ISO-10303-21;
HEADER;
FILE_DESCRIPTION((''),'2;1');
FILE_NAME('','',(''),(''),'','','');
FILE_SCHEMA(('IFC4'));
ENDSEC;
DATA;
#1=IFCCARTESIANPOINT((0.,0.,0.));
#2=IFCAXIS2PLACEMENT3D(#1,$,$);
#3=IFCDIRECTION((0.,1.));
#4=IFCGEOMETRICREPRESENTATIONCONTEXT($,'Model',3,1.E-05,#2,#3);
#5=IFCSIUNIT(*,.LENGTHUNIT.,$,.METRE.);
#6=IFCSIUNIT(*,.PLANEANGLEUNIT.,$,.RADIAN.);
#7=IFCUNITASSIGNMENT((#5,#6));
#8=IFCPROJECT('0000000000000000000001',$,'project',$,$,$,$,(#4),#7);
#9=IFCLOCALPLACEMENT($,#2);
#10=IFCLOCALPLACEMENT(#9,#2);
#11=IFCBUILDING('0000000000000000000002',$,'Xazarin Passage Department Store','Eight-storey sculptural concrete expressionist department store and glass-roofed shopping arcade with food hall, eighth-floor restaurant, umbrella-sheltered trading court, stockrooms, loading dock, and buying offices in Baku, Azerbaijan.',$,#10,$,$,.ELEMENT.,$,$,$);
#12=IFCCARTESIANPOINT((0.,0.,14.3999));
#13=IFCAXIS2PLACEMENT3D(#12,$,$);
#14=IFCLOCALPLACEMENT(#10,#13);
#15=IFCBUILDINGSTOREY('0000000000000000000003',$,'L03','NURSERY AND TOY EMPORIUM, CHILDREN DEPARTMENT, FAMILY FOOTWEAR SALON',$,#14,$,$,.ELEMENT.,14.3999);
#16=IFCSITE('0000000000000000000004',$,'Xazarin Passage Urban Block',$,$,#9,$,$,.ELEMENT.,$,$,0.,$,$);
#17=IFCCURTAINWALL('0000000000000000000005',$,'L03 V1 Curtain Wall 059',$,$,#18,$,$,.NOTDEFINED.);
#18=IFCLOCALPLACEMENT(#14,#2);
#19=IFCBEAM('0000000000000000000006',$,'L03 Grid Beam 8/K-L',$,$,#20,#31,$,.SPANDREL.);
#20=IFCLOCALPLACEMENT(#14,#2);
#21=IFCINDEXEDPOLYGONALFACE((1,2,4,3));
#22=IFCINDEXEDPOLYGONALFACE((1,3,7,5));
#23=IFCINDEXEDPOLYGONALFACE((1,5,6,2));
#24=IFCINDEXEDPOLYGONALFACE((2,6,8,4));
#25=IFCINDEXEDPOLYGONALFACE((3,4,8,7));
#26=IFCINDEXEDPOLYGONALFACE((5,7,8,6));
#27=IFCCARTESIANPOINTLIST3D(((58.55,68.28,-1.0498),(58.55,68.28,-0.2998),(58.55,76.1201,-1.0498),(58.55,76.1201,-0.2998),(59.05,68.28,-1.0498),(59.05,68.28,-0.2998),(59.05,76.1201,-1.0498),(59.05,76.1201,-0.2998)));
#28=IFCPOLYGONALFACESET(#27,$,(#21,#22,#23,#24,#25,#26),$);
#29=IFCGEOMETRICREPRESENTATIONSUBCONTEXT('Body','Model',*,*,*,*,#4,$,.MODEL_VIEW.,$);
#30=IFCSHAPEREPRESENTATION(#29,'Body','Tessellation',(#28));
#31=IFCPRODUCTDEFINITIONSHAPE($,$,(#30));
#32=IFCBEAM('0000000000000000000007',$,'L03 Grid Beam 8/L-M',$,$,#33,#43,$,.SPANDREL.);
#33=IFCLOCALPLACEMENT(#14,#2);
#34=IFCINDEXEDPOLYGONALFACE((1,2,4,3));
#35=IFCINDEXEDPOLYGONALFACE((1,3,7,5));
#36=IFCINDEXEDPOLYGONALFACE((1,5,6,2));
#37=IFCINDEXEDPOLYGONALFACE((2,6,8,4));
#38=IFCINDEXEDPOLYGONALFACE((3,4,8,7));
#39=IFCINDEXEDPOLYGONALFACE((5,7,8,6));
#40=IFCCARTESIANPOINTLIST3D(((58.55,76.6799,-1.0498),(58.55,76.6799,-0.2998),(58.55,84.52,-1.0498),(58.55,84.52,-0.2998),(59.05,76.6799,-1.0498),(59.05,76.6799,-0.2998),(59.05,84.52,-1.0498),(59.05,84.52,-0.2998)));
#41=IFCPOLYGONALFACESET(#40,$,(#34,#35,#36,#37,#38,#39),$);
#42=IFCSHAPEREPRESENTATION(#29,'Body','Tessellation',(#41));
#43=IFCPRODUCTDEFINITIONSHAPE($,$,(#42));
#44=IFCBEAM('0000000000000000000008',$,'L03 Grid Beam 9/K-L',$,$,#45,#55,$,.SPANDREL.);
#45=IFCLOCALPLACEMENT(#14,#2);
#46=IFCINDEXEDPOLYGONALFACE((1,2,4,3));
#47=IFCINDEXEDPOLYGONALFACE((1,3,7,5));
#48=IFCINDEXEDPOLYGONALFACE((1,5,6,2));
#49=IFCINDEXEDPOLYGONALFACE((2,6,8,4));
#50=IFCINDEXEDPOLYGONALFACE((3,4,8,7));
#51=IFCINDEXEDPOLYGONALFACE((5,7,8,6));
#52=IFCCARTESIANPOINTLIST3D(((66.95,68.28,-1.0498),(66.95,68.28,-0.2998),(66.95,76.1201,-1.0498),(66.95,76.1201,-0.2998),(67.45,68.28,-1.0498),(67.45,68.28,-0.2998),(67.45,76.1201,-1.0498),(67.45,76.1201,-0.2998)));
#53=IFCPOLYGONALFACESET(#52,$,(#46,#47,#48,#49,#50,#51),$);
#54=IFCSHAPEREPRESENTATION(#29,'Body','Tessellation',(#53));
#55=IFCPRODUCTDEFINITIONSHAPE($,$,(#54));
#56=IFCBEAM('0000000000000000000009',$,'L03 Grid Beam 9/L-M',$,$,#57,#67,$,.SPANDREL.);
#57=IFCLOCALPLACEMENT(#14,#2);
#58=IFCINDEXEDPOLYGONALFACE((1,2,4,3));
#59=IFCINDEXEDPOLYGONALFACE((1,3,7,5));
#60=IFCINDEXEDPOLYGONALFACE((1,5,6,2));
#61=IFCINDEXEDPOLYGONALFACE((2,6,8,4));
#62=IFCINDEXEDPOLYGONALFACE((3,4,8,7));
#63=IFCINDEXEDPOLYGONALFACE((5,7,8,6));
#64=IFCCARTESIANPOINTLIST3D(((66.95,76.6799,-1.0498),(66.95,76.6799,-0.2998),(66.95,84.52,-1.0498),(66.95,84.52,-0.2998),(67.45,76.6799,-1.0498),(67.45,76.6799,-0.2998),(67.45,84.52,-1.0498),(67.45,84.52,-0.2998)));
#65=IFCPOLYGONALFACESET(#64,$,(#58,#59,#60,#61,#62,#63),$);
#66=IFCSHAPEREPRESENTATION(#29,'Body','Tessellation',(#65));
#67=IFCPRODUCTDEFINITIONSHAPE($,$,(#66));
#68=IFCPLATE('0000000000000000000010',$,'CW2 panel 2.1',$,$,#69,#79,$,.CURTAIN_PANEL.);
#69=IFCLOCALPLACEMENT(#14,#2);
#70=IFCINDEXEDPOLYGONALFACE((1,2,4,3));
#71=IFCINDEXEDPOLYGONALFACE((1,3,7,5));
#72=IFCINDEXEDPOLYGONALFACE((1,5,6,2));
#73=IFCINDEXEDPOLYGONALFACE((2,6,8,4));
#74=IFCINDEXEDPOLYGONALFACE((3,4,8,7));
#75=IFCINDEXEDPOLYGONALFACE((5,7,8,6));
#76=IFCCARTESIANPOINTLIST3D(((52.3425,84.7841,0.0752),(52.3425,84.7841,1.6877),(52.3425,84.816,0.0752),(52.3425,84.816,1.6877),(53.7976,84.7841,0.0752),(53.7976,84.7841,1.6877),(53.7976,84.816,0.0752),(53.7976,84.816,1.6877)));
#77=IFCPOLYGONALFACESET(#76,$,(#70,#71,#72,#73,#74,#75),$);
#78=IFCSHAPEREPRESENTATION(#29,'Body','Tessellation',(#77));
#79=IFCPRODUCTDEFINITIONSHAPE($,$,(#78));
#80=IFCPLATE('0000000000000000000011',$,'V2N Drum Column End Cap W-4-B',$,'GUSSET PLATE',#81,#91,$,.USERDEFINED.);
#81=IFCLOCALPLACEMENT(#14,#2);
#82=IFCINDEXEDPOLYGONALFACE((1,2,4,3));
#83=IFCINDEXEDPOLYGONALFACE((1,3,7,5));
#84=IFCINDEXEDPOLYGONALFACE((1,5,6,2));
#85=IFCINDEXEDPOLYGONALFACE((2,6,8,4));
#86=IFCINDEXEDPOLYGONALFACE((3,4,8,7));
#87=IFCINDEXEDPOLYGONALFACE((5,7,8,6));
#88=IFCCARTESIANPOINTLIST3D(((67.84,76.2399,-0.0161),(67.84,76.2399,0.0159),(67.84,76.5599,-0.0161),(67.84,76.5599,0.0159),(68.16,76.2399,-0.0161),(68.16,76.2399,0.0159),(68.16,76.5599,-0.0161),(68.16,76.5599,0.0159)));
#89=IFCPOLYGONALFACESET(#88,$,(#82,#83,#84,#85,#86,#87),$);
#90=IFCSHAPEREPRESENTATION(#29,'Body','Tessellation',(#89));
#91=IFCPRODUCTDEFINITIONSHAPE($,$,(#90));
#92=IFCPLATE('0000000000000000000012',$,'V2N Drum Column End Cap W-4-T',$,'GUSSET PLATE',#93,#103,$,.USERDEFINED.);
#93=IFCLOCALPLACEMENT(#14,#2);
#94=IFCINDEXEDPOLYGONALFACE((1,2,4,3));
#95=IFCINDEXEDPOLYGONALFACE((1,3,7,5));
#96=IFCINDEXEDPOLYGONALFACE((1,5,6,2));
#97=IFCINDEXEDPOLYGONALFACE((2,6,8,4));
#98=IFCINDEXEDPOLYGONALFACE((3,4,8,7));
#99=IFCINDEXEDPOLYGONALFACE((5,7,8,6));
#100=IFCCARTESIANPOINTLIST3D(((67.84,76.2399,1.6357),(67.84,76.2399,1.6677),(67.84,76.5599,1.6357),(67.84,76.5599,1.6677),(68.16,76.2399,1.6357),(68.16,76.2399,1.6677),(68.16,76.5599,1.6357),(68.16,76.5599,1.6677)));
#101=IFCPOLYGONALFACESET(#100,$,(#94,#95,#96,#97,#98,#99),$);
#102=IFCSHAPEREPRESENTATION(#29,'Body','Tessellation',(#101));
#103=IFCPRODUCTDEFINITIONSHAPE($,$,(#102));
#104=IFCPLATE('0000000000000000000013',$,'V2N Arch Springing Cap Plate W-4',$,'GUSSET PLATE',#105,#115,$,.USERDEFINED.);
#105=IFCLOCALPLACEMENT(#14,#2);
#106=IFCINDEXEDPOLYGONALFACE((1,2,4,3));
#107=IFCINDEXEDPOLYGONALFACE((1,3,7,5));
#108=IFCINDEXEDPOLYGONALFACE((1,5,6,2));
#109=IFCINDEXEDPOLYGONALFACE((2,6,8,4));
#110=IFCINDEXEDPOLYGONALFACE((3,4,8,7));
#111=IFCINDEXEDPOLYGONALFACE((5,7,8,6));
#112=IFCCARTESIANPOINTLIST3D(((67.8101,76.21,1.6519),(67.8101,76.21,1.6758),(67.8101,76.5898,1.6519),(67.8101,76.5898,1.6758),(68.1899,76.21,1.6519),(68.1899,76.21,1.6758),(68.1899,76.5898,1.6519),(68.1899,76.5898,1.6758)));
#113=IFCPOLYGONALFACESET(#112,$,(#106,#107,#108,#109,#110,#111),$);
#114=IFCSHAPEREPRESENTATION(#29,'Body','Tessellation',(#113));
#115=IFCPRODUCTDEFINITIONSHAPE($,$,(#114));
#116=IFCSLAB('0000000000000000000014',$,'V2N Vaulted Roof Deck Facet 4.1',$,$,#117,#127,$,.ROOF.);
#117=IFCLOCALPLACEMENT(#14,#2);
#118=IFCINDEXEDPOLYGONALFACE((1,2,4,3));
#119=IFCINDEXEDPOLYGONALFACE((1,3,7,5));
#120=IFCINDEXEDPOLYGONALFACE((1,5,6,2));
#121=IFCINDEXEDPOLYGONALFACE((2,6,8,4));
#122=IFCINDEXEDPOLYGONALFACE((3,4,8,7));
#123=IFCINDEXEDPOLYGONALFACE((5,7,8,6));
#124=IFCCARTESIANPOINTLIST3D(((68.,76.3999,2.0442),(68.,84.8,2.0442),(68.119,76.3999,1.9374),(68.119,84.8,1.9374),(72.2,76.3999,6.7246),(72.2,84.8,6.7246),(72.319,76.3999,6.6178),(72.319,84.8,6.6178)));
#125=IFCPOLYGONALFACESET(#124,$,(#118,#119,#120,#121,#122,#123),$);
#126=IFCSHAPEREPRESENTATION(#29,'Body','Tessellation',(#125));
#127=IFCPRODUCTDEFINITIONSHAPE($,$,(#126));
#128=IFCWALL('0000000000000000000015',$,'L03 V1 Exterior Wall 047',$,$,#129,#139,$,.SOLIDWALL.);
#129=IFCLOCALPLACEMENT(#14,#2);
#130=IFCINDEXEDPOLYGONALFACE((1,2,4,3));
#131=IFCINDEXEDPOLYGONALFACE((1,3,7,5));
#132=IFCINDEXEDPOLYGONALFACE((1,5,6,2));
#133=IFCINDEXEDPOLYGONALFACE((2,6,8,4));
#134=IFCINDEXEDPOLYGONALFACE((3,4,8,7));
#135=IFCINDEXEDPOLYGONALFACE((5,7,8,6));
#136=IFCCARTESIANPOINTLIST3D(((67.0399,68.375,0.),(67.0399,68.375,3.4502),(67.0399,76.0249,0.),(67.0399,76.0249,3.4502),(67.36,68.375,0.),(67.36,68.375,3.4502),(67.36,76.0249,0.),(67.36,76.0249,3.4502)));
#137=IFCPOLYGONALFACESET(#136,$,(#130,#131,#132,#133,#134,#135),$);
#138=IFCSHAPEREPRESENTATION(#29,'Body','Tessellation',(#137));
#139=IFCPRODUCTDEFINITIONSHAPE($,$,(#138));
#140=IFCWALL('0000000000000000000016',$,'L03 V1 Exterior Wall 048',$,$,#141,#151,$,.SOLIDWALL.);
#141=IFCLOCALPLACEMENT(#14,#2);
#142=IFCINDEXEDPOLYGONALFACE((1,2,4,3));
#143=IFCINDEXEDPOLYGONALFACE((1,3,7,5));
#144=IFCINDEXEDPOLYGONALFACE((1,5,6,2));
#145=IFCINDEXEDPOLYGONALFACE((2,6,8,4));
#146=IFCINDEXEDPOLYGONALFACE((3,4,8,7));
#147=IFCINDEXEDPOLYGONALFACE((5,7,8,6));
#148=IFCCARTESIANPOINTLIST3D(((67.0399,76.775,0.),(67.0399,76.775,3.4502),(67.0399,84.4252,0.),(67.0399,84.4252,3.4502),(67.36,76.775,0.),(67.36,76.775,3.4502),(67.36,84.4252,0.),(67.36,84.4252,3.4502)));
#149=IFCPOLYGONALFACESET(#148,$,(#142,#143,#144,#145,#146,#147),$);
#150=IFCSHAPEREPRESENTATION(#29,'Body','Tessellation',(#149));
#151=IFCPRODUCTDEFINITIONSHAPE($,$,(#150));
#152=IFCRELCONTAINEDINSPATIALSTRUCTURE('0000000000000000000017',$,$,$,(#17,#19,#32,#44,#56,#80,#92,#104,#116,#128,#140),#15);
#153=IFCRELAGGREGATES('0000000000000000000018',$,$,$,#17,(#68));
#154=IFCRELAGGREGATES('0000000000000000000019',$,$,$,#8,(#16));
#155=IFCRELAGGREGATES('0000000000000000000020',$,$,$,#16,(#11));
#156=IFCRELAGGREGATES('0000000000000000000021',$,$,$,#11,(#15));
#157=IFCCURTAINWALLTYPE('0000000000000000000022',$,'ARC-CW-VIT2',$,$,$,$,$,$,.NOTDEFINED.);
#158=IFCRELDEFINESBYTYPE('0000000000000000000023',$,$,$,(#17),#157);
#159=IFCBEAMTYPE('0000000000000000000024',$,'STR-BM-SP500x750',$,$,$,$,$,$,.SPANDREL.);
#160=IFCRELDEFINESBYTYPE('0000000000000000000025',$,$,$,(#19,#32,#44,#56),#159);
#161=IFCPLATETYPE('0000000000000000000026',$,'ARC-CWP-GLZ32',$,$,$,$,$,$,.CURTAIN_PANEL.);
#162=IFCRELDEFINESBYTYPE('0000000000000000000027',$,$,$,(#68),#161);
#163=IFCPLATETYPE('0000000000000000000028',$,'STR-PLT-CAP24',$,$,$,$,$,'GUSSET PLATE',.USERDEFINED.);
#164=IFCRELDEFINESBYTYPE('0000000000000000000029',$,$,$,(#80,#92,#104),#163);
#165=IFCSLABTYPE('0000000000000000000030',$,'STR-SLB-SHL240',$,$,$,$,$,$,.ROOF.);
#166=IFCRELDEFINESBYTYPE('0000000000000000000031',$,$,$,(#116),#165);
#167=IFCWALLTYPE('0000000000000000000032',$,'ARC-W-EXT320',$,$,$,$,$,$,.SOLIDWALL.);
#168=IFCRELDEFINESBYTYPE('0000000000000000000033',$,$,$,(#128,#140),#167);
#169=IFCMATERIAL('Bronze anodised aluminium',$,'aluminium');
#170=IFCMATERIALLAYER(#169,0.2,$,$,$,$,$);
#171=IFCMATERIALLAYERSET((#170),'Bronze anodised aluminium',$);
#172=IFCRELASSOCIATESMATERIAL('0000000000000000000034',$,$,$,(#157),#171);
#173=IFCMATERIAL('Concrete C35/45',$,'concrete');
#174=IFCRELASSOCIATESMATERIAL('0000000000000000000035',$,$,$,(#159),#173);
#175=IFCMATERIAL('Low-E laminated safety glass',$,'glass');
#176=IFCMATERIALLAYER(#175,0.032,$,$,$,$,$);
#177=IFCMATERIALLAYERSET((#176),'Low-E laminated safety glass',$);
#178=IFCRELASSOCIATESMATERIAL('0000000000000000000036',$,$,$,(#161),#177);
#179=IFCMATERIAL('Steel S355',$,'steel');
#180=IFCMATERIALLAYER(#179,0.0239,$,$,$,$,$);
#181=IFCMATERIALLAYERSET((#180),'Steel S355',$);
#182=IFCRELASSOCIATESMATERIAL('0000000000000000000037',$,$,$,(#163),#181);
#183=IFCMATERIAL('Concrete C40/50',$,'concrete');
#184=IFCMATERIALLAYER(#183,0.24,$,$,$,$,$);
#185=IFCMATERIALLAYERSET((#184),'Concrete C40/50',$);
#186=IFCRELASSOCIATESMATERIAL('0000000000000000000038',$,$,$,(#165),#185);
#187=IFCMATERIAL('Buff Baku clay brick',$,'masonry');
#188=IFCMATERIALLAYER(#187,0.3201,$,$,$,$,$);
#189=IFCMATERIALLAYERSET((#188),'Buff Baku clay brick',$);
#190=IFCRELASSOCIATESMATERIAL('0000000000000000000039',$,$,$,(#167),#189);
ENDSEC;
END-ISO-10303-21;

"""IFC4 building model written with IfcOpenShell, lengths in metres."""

from ifc_helpers import new_model, si_unit, direction, frame, frame_2d, origin, origin_2d, place, context, subcontext, project, spatial, polyline, rectangle, outline, extrude, material, layer, layer_set, material_profile, profile_set, type_object, element, aggregate, save


model = new_model("IFC4")

# Units and contexts
model_context = context("Model", 3, precision=1e-05, world=origin(), true_north=direction((0.0, 1.0)))
body_context = subcontext(model_context, "Body", "Model", "MODEL_VIEW")
ifc_project = project(units=[si_unit("LENGTHUNIT", "METRE"), si_unit("PLANEANGLEUNIT", "RADIAN")], contexts=[model_context])

# Site, building, storey
site_placement = place(None, origin())
site = spatial("IfcSite", under=ifc_project, at=site_placement, Name="Xazarin Passage Urban Block", CompositionType="ELEMENT", RefElevation=0.0)
building_placement = place(site_placement, origin())
building = spatial("IfcBuilding", under=site, at=building_placement, Name="Xazarin Passage Department Store", Description="Eight-storey sculptural concrete expressionist department store and glass-roofed shopping arcade with food hall, eighth-floor restaurant, umbrella-sheltered trading court, stockrooms, loading dock, and buying offices in Baku, Azerbaijan.", CompositionType="ELEMENT")
storey_placement = place(building_placement, frame((0.0, 0.0, 14.3999)))
storey = spatial("IfcBuildingStorey", under=building, at=storey_placement, Name="L03", Description="NURSERY AND TOY EMPORIUM, CHILDREN DEPARTMENT, FAMILY FOOTWEAR SALON", CompositionType="ELEMENT", Elevation=14.3999)

# Shared definitions
ifc_material_1 = material(Name="Steel S355", Category="steel")
ifc_material_2 = material(Name="Concrete C40/50", Category="concrete")

# Curtain wall
ifc_material_3 = material(Name="Bronze anodised aluminium", Category="aluminium")
ifc_layer_1 = layer(ifc_material_3, 0.2)
ifc_layer_set_1 = layer_set([ifc_layer_1], Name="Bronze anodised aluminium")
curtain_wall_type = type_object("IfcCurtainWallType", Name="ARC-CW-VIT2", PredefinedType="NOTDEFINED", material=ifc_layer_set_1)
curtain_wall_placement = place(storey_placement, origin())
curtain_wall = element("IfcCurtainWall", 1, at=curtain_wall_placement, inside=storey, type_object=curtain_wall_type, Name="L03 V1 Curtain Wall 059", PredefinedType="NOTDEFINED")

# Beams
ifc_material_4 = material(Name="Concrete C35/45", Category="concrete")
ifc_material_profile_1 = material_profile(ifc_material_4, rectangle(XDim=0.5, YDim=0.75, at=origin_2d()), Name="RC 500x750")
ifc_profile_set_1 = profile_set([ifc_material_profile_1], Name="Concrete C35/45")
beam_type_1 = type_object("IfcBeamType", Name="STR-BM-SP500x750", PredefinedType="SPANDREL", material=ifc_profile_set_1)
for number, where, z_axis, x_axis, name in (
    (2, (58.8, 68.28, -0.6748), (0.0, 1.0, 0.0), (-1.0, 0.0, 0.0), "L03 Grid Beam 8/K-L"),
    (3, (58.8, 76.6799, -0.6748), (0.0, 1.0, 0.0), (-1.0, 0.0, 0.0), "L03 Grid Beam 8/L-M"),
    (4, (67.2, 68.28, -0.6748), (0.0, 1.0, 0.0), (-1.0, 0.0, 0.0), "L03 Grid Beam 9/K-L"),
    (5, (67.2, 76.6799, -0.6748), (0.0, 1.0, 0.0), (-1.0, 0.0, 0.0), "L03 Grid Beam 9/L-M"),
):
    element("IfcBeam", number, at=place(storey_placement, frame(where, z_axis=z_axis, x_axis=x_axis)), inside=storey, type_object=beam_type_1, Name=name, PredefinedType="SPANDREL", context=body_context, shape_type="SweptSolid", body=[
        extrude(rectangle(XDim=0.5, YDim=0.75, at=origin_2d()), origin(), (0.0, 0.0, 1.0), 7.8401),
    ])

# Plate
ifc_material_5 = material(Name="Low-E laminated safety glass", Category="glass")
ifc_layer_2 = layer(ifc_material_5, 0.032)
ifc_layer_set_2 = layer_set([ifc_layer_2], Name="Low-E laminated safety glass")
plate_type_1 = type_object("IfcPlateType", Name="ARC-CWP-GLZ32", PredefinedType="CURTAIN_PANEL", material=ifc_layer_set_2)
plate_1_placement = place(storey_placement, frame((53.0701, 84.8, 0.0752), z_axis=(0.0, 0.0, 1.0), x_axis=(1.0, 0.0, 0.0)))
plate_1 = element("IfcPlate", 6, at=plate_1_placement, type_object=plate_type_1, Name="CW2 panel 2.1", PredefinedType="CURTAIN_PANEL", context=body_context, shape_type="SweptSolid", body=[
    extrude(rectangle(XDim=1.4551, YDim=0.032, at=origin_2d()), origin(), (0.0, 0.0, 1.0), 1.6125),
])
aggregate(curtain_wall, [plate_1])

# Plates
ifc_layer_3 = layer(ifc_material_1, 0.0239)
ifc_layer_set_3 = layer_set([ifc_layer_3], Name="Steel S355")
plate_type_2 = type_object("IfcPlateType", Name="STR-PLT-CAP24", ElementType="GUSSET PLATE", PredefinedType="USERDEFINED", material=ifc_layer_set_3)
for number, where, z_axis, x_axis, name in (
    (7, (68.0, 76.3999, -0.0161), (0.0, 0.0, 1.0), (1.0, 0.0, 0.0), "V2N Drum Column End Cap W-4-B"),
    (8, (68.0, 76.3999, 1.6357), (0.0, 0.0, 1.0), (1.0, 0.0, 0.0), "V2N Drum Column End Cap W-4-T"),
):
    element("IfcPlate", number, at=place(storey_placement, frame(where, z_axis=z_axis, x_axis=x_axis)), inside=storey, type_object=plate_type_2, Name=name, ObjectType="GUSSET PLATE", PredefinedType="USERDEFINED", context=body_context, shape_type="SweptSolid", body=[
        extrude(rectangle(XDim=0.3201, YDim=0.3201, at=origin_2d()), origin(), (0.0, 0.0, 1.0), 0.032),
    ])
plate_2_placement = place(storey_placement, frame((68.0, 76.3999, 1.6519), z_axis=(0.0, 0.0, 1.0), x_axis=(1.0, 0.0, 0.0)))
element("IfcPlate", 9, at=plate_2_placement, inside=storey, type_object=plate_type_2, Name="V2N Arch Springing Cap Plate W-4", ObjectType="GUSSET PLATE", PredefinedType="USERDEFINED", context=body_context, shape_type="SweptSolid", body=[
    extrude(rectangle(XDim=0.3799, YDim=0.3799, at=origin_2d()), origin(), (0.0, 0.0, 1.0), 0.0239),
])

# Slab
ifc_layer_4 = layer(ifc_material_2, 0.24)
ifc_layer_set_4 = layer_set([ifc_layer_4], Name="Concrete C40/50")
slab_type = type_object("IfcSlabType", Name="STR-SLB-SHL240", PredefinedType="ROOF", material=ifc_layer_set_4)
slab_placement = place(storey_placement, frame((68.0, 76.3999, 2.0442), z_axis=(-0.744276, 0.0, 0.667872), x_axis=(0.667872, 0.0, 0.744276)))
element("IfcSlab", 10, at=slab_placement, inside=storey, type_object=slab_type, Name="V2N Vaulted Roof Deck Facet 4.1", PredefinedType="ROOF", context=body_context, shape_type="SweptSolid", body=[
    extrude(outline(polyline([(0.0, 0.0), (6.2886, 0.0), (6.2886, 8.4001), (0.0, 8.4001), (0.0, 0.0)])), origin(), (0.0, 0.0, -1.0), 0.1599),
])

# Walls
ifc_material_6 = material(Name="Buff Baku clay brick", Category="masonry")
ifc_layer_5 = layer(ifc_material_6, 0.3201)
ifc_layer_set_5 = layer_set([ifc_layer_5], Name="Buff Baku clay brick")
wall_type = type_object("IfcWallType", Name="ARC-W-EXT320", PredefinedType="SOLIDWALL", material=ifc_layer_set_5)
wall_1_placement = place(storey_placement, frame((67.2, 68.375, 0.0), z_axis=(0.0, 0.0, 1.0), x_axis=(0.0, 1.0, 0.0)))
element("IfcWall", 11, at=wall_1_placement, inside=storey, type_object=wall_type, Name="L03 V1 Exterior Wall 047", PredefinedType="SOLIDWALL", context=body_context, shape_type="SweptSolid", body=[
    extrude(rectangle(XDim=7.6499, YDim=0.3201, at=frame_2d((3.825, 0.0))), origin(), (0.0, 0.0, 1.0), 3.4502),
])
wall_2_placement = place(storey_placement, frame((67.2, 76.7749, 0.0), z_axis=(0.0, 0.0, 1.0), x_axis=(0.0, 1.0, 0.0)))
element("IfcWall", 12, at=wall_2_placement, inside=storey, type_object=wall_type, Name="L03 V1 Exterior Wall 048", PredefinedType="SOLIDWALL", context=body_context, shape_type="SweptSolid", body=[
    extrude(rectangle(XDim=7.6501, YDim=0.3201, at=frame_2d((3.8252, 0.0))), origin(), (0.0, 0.0, 1.0), 3.4502),
])

save(model, "model.ifc")
